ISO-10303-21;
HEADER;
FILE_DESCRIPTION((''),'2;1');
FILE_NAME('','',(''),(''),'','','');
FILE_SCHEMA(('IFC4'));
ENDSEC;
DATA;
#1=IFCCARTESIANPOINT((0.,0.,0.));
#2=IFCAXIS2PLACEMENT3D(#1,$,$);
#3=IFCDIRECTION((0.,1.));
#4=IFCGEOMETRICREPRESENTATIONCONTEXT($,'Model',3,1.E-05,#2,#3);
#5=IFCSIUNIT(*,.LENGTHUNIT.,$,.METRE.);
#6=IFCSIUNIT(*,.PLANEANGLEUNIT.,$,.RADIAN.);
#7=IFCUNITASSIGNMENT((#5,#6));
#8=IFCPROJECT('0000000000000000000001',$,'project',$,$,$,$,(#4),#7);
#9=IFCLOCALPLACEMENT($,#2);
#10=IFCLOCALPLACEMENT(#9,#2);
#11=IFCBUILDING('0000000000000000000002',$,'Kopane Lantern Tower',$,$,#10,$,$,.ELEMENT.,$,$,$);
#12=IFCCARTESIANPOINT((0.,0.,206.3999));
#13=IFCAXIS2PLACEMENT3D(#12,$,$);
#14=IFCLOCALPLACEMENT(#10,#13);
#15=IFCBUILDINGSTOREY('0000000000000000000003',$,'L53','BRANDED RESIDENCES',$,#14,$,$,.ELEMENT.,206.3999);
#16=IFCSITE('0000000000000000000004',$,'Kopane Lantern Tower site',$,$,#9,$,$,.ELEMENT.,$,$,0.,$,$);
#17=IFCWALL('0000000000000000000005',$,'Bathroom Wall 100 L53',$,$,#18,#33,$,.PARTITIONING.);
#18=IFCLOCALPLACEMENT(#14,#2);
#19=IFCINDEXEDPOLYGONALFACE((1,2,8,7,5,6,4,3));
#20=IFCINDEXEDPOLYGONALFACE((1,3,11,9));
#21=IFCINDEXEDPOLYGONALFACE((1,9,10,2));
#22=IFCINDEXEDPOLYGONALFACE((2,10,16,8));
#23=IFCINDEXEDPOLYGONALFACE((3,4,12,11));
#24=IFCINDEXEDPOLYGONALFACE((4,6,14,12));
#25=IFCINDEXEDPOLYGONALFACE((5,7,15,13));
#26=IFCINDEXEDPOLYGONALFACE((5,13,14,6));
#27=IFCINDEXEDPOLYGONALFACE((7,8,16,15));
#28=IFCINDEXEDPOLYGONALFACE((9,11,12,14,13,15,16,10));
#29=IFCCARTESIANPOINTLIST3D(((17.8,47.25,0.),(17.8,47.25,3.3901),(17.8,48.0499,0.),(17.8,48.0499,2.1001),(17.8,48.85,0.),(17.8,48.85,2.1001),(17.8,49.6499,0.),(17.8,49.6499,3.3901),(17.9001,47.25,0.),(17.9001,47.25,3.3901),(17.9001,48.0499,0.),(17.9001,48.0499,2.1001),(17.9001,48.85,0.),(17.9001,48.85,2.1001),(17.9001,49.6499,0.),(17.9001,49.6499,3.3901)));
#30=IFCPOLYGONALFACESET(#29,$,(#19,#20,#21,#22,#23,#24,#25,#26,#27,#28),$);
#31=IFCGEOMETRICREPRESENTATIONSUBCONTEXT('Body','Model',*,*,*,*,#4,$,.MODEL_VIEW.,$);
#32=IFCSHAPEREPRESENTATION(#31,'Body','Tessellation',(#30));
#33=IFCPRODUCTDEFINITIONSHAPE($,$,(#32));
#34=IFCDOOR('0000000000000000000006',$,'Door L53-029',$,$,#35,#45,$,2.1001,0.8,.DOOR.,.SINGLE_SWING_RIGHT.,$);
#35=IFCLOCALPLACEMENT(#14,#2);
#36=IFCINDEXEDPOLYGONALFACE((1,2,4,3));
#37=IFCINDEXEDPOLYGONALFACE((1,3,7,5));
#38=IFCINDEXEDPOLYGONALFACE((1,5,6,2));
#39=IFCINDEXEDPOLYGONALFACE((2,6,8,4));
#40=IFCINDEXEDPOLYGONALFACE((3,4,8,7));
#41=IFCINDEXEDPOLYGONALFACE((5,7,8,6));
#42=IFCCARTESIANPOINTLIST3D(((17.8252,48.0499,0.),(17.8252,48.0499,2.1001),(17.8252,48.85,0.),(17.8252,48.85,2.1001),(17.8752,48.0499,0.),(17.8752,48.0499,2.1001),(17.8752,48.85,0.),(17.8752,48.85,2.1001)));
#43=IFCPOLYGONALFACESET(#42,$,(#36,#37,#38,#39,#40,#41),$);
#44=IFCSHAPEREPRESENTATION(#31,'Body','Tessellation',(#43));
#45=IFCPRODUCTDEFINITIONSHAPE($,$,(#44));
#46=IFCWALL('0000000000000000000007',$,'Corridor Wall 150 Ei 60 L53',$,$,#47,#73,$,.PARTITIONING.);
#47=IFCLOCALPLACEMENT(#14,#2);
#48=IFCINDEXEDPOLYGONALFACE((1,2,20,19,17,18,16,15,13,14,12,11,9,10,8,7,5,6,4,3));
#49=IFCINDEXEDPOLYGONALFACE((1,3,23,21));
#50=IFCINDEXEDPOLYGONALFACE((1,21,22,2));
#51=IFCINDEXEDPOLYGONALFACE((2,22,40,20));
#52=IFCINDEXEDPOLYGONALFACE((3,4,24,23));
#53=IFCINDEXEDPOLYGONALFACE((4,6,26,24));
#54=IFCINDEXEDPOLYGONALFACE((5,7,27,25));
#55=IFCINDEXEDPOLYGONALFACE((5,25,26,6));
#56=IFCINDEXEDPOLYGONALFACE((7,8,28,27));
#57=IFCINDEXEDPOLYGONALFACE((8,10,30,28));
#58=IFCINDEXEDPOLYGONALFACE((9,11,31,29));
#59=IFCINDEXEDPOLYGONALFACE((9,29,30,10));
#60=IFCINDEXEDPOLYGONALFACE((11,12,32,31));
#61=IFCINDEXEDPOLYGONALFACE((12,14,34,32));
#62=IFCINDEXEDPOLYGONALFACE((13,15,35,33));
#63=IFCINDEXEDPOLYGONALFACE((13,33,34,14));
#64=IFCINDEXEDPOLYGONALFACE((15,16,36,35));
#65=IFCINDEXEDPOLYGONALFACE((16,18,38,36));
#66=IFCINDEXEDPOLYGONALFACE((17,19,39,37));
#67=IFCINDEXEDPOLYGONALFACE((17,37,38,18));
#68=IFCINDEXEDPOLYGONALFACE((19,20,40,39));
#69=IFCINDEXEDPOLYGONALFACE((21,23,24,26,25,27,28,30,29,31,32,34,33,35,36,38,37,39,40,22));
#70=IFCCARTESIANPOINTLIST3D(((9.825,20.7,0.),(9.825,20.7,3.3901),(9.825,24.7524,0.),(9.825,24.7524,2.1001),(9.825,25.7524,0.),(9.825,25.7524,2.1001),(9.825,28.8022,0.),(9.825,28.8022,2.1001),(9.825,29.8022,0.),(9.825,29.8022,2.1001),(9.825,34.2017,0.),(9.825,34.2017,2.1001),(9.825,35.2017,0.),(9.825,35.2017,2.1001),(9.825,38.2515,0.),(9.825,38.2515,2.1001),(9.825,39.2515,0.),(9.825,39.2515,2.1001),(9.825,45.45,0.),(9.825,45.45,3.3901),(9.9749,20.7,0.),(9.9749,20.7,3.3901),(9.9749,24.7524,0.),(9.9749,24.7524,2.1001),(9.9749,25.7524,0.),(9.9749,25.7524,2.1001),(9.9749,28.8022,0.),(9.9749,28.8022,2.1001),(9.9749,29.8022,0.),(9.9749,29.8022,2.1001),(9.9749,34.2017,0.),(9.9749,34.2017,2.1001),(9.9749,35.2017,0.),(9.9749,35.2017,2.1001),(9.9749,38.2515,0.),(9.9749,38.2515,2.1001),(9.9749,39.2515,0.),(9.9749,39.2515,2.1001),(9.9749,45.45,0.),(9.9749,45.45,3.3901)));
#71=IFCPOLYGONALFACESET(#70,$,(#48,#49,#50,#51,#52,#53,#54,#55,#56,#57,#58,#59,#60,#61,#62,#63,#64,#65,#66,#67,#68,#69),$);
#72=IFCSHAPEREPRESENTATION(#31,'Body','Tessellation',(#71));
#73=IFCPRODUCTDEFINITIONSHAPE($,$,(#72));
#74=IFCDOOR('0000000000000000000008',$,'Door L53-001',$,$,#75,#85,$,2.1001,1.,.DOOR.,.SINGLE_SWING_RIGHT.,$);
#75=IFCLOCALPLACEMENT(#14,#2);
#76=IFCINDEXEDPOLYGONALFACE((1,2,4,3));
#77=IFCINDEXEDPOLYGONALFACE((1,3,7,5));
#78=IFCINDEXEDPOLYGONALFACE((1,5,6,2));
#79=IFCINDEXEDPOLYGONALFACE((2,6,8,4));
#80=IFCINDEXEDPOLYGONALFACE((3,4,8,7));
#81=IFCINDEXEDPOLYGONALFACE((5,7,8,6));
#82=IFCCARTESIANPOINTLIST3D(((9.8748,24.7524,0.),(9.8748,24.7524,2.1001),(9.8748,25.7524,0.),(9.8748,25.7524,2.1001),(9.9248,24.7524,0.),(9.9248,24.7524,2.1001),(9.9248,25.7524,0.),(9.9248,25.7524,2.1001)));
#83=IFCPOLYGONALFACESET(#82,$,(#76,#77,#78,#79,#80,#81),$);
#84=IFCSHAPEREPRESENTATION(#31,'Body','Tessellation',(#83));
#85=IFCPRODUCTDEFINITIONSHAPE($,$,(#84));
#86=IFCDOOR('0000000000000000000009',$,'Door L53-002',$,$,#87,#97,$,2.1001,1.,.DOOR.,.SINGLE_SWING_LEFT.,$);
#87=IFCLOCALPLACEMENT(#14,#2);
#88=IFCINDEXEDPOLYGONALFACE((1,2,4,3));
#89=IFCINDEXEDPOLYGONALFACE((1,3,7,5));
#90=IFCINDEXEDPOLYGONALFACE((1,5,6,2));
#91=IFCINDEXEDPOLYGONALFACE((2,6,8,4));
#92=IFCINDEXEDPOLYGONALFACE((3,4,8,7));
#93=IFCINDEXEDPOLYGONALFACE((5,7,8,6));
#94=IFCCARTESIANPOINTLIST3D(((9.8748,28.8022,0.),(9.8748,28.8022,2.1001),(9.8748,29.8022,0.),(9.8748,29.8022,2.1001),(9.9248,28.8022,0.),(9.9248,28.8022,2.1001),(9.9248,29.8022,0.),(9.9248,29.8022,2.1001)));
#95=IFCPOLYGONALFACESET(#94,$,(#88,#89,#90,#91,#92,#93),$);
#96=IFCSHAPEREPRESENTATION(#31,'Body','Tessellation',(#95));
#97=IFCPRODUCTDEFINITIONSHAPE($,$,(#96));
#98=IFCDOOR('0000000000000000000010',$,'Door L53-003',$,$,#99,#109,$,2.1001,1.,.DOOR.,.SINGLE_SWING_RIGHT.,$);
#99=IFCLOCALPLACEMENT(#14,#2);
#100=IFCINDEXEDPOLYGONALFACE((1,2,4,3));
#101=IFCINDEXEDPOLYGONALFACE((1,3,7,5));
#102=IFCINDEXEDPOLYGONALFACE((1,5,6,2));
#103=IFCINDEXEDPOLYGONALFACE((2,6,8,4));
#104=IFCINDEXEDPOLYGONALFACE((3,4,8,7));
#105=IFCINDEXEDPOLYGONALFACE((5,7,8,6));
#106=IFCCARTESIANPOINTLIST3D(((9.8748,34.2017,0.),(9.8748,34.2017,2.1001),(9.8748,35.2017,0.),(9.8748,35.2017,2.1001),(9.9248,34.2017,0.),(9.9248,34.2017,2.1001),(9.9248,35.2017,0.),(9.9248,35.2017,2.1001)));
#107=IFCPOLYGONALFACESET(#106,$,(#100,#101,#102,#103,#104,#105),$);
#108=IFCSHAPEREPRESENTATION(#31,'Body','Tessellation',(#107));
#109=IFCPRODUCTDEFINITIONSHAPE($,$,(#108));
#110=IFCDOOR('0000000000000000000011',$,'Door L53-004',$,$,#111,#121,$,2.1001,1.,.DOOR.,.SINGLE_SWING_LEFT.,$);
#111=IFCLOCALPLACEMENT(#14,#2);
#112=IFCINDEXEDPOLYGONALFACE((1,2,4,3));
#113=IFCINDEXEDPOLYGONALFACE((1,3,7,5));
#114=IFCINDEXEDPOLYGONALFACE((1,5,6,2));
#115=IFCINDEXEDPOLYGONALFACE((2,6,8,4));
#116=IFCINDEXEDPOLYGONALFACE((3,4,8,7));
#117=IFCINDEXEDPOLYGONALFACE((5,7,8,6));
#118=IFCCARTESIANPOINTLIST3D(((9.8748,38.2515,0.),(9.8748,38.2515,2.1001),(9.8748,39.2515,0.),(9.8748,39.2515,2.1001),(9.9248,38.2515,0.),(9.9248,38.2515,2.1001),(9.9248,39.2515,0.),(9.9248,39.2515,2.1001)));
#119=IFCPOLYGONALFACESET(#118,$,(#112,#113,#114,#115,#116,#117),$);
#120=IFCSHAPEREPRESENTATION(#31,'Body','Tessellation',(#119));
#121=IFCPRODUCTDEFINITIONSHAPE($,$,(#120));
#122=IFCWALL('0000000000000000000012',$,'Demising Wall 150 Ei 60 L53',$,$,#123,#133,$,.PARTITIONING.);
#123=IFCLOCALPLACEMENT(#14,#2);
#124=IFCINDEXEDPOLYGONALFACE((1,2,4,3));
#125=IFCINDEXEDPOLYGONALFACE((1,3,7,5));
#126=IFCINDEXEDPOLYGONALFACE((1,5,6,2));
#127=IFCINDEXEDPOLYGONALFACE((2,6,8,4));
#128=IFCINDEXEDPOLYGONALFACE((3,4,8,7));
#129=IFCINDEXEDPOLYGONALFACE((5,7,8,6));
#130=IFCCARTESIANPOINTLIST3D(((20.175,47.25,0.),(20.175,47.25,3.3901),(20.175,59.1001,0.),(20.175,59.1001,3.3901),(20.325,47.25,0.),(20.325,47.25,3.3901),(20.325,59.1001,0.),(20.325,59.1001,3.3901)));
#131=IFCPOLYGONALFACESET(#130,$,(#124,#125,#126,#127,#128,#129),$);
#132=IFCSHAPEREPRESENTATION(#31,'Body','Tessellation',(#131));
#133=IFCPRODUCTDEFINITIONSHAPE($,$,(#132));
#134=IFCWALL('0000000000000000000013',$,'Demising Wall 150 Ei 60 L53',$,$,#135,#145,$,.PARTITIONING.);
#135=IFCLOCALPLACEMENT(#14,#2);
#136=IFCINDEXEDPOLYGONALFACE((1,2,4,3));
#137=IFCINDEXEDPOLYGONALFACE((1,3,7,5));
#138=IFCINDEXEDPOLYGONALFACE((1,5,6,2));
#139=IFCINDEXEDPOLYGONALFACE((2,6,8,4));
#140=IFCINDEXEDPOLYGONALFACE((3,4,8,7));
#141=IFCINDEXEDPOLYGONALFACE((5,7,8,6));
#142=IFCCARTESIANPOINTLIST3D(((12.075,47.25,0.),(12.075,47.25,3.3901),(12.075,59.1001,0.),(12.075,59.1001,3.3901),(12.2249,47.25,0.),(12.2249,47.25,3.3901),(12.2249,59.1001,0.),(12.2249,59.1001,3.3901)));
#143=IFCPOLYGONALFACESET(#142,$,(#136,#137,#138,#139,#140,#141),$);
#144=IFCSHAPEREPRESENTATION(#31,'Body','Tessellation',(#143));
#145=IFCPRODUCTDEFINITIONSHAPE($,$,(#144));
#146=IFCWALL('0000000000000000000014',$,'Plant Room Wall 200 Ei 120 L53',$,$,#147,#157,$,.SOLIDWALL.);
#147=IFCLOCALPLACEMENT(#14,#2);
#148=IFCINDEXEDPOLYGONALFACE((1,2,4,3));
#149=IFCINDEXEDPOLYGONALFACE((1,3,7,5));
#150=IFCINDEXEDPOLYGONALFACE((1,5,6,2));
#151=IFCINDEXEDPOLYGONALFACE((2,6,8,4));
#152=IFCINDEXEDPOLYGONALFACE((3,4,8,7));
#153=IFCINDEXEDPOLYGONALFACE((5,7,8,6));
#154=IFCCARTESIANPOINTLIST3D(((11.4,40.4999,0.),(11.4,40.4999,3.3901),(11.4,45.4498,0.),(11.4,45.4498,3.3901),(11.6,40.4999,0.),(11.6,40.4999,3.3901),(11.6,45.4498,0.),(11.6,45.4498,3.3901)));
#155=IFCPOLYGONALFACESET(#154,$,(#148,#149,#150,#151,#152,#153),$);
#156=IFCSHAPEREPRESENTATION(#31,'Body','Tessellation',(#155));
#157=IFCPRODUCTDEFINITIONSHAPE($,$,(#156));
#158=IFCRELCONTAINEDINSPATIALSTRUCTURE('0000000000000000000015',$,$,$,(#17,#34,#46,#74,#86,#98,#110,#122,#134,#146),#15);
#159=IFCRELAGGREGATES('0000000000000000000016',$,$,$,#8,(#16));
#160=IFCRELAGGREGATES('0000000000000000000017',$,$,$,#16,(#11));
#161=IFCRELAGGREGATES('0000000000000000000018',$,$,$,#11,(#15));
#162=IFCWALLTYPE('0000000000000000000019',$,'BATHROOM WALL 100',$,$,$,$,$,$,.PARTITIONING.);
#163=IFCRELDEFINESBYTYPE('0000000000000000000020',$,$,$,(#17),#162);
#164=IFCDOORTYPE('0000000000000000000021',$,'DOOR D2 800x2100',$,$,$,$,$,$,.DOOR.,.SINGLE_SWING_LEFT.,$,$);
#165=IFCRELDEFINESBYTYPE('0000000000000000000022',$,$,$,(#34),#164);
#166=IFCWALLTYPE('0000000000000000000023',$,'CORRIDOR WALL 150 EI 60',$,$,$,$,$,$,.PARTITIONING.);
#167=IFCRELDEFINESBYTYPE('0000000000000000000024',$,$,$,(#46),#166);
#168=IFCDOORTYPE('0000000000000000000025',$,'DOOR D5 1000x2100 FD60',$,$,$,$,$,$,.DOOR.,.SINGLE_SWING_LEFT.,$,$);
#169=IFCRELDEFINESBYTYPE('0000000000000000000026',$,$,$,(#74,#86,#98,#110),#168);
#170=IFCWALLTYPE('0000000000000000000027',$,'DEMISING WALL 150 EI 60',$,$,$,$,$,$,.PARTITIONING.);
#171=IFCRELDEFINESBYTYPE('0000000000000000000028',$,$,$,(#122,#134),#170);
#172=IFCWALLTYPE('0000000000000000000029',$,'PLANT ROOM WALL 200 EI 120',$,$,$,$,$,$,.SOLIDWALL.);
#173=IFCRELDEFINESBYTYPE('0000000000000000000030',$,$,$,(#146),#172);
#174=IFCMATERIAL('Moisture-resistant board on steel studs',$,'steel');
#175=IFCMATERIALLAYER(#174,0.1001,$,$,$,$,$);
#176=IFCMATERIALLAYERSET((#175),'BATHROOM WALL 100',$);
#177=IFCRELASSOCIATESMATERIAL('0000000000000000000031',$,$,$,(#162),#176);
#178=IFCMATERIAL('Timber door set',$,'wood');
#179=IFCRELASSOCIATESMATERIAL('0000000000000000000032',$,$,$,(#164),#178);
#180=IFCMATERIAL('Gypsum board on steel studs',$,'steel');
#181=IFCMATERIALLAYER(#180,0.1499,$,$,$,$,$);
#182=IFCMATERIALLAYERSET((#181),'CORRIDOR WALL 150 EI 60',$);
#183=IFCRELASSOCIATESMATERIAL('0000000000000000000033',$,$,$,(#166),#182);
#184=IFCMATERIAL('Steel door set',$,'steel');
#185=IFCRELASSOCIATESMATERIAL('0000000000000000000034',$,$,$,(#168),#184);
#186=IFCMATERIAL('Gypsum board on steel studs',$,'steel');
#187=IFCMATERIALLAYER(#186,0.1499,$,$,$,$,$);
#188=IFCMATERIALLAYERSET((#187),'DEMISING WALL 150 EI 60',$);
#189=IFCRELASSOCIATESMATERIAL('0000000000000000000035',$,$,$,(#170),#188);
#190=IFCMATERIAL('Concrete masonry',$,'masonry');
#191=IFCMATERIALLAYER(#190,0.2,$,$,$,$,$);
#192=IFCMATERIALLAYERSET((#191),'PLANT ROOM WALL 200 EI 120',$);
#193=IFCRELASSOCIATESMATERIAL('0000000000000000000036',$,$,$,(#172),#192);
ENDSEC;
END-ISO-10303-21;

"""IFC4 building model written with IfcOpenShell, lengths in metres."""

from ifc_helpers import new_model, si_unit, direction, frame, frame_2d, origin, place, context, subcontext, project, spatial, rectangle, extrude, material, layer, layer_set, type_object, element, fill, save


model = new_model("IFC4")

# Units and contexts
model_context = context("Model", 3, precision=1e-05, world=origin(), true_north=direction((0.0, 1.0)))
body_context = subcontext(model_context, "Body", "Model", "MODEL_VIEW")
ifc_project = project(units=[si_unit("LENGTHUNIT", "METRE"), si_unit("PLANEANGLEUNIT", "RADIAN")], contexts=[model_context])

# Site, building, storey
site_placement = place(None, origin())
site = spatial("IfcSite", under=ifc_project, at=site_placement, Name="Kopane Lantern Tower site", CompositionType="ELEMENT", RefElevation=0.0)
building_placement = place(site_placement, origin())
building = spatial("IfcBuilding", under=site, at=building_placement, Name="Kopane Lantern Tower", CompositionType="ELEMENT")
storey_placement = place(building_placement, frame((0.0, 0.0, 206.3999)))
storey = spatial("IfcBuildingStorey", under=building, at=storey_placement, Name="L53", Description="BRANDED RESIDENCES", CompositionType="ELEMENT", Elevation=206.3999)

# Wall, opening, door
ifc_material_1 = material(Name="Moisture-resistant board on steel studs", Category="steel")
ifc_layer_1 = layer(ifc_material_1, 0.1001)
ifc_layer_set_1 = layer_set([ifc_layer_1], Name="BATHROOM WALL 100")
wall_type_1 = type_object("IfcWallType", Name="BATHROOM WALL 100", PredefinedType="PARTITIONING", material=ifc_layer_set_1)
wall_1_placement = place(storey_placement, frame((17.8501, 47.25, 0.0), z_axis=(0.0, 0.0, 1.0), x_axis=(0.0, 1.0, 0.0)))
wall_1 = element("IfcWall", 1, at=wall_1_placement, inside=storey, type_object=wall_type_1, Name="Bathroom Wall 100 L53", PredefinedType="PARTITIONING", context=body_context, shape_type="SweptSolid", body=[
    extrude(rectangle(XDim=2.3999, YDim=0.1001, at=frame_2d((1.2, 0.0))), origin(), (0.0, 0.0, 1.0), 3.3901),
])
opening_1_placement = place(wall_1_placement, frame((0.8, 0.0, 0.0)))
opening_1 = element("IfcOpeningElement", 2, at=opening_1_placement, cuts=wall_1, PredefinedType="OPENING", context=body_context, shape_type="SweptSolid", body=[
    extrude(rectangle(XDim=0.8, YDim=2.1001, at=frame_2d((0.3999, 1.05))), frame((0.0, 0.0601, 0.0), z_axis=(0.0, -1.0, 0.0), x_axis=(1.0, 0.0, 0.0)), (0.0, 0.0, 1.0), 0.1201),
])
ifc_material_2 = material(Name="Timber door set", Category="wood")
door_type_1 = type_object("IfcDoorType", Name="DOOR D2 800x2100", OperationType="SINGLE_SWING_LEFT", PredefinedType="DOOR", material=ifc_material_2)
door_1_placement = place(opening_1_placement, origin())
door_1 = element("IfcDoor", 3, at=door_1_placement, inside=storey, type_object=door_type_1, Name="Door L53-029", OperationType="SINGLE_SWING_RIGHT", OverallHeight=2.1001, OverallWidth=0.8, PredefinedType="DOOR", context=body_context, shape_type="SweptSolid", body=[
    extrude(rectangle(XDim=0.8, YDim=2.1001, at=frame_2d((0.3999, 1.05))), frame((0.0, 0.0249, 0.0), z_axis=(0.0, -1.0, 0.0), x_axis=(1.0, 0.0, 0.0)), (0.0, 0.0, 1.0), 0.05),
])
fill(opening_1, door_1)

# Wall, openings, doors
ifc_material_3 = material(Name="Gypsum board on steel studs", Category="steel")
ifc_layer_2 = layer(ifc_material_3, 0.1499)
ifc_layer_set_2 = layer_set([ifc_layer_2], Name="CORRIDOR WALL 150 EI 60")
wall_type_2 = type_object("IfcWallType", Name="CORRIDOR WALL 150 EI 60", PredefinedType="PARTITIONING", material=ifc_layer_set_2)
wall_2_placement = place(storey_placement, frame((9.8999, 45.45, 0.0), z_axis=(0.0, 0.0, 1.0), x_axis=(0.0, -1.0, 0.0)))
wall_2 = element("IfcWall", 4, at=wall_2_placement, inside=storey, type_object=wall_type_2, Name="Corridor Wall 150 Ei 60 L53", PredefinedType="PARTITIONING", context=body_context, shape_type="SweptSolid", body=[
    extrude(rectangle(XDim=24.75, YDim=0.1499, at=frame_2d((12.375, 0.0))), origin(), (0.0, 0.0, 1.0), 3.3901),
])
opening_2_placement = place(wall_2_placement, frame((19.6975, 0.0, 0.0)))
opening_2 = element("IfcOpeningElement", 5, at=opening_2_placement, cuts=wall_2, PredefinedType="OPENING", context=body_context, shape_type="SweptSolid", body=[
    extrude(rectangle(XDim=1.0, YDim=2.1001, at=frame_2d((0.5, 1.05))), frame((0.0, 0.085, 0.0), z_axis=(0.0, -1.0, 0.0), x_axis=(1.0, 0.0, 0.0)), (0.0, 0.0, 1.0), 0.1699),
])
opening_3_placement = place(wall_2_placement, frame((15.6477, 0.0, 0.0)))
opening_3 = element("IfcOpeningElement", 6, at=opening_3_placement, cuts=wall_2, PredefinedType="OPENING", context=body_context, shape_type="SweptSolid", body=[
    extrude(rectangle(XDim=1.0, YDim=2.1001, at=frame_2d((0.5, 1.05))), frame((0.0, 0.085, 0.0), z_axis=(0.0, -1.0, 0.0), x_axis=(1.0, 0.0, 0.0)), (0.0, 0.0, 1.0), 0.1699),
])
opening_4_placement = place(wall_2_placement, frame((10.2483, 0.0, 0.0)))
opening_4 = element("IfcOpeningElement", 7, at=opening_4_placement, cuts=wall_2, PredefinedType="OPENING", context=body_context, shape_type="SweptSolid", body=[
    extrude(rectangle(XDim=1.0, YDim=2.1001, at=frame_2d((0.5, 1.05))), frame((0.0, 0.085, 0.0), z_axis=(0.0, -1.0, 0.0), x_axis=(1.0, 0.0, 0.0)), (0.0, 0.0, 1.0), 0.1699),
])
opening_5_placement = place(wall_2_placement, frame((6.1985, 0.0, 0.0)))
opening_5 = element("IfcOpeningElement", 8, at=opening_5_placement, cuts=wall_2, PredefinedType="OPENING", context=body_context, shape_type="SweptSolid", body=[
    extrude(rectangle(XDim=1.0, YDim=2.1001, at=frame_2d((0.5, 1.05))), frame((0.0, 0.085, 0.0), z_axis=(0.0, -1.0, 0.0), x_axis=(1.0, 0.0, 0.0)), (0.0, 0.0, 1.0), 0.1699),
])
ifc_material_4 = material(Name="Steel door set", Category="steel")
door_type_2 = type_object("IfcDoorType", Name="DOOR D5 1000x2100 FD60", OperationType="SINGLE_SWING_LEFT", PredefinedType="DOOR", material=ifc_material_4)
door_2_placement = place(opening_2_placement, origin())
door_2 = element("IfcDoor", 9, at=door_2_placement, inside=storey, type_object=door_type_2, Name="Door L53-001", OperationType="SINGLE_SWING_RIGHT", OverallHeight=2.1001, OverallWidth=1.0, PredefinedType="DOOR", context=body_context, shape_type="SweptSolid", body=[
    extrude(rectangle(XDim=1.0, YDim=2.1001, at=frame_2d((0.5, 1.05))), frame((0.0, 0.0249, 0.0), z_axis=(0.0, -1.0, 0.0), x_axis=(1.0, 0.0, 0.0)), (0.0, 0.0, 1.0), 0.05),
])
fill(opening_2, door_2)
door_3_placement = place(opening_3_placement, origin())
door_3 = element("IfcDoor", 10, at=door_3_placement, inside=storey, type_object=door_type_2, Name="Door L53-002", OperationType="SINGLE_SWING_LEFT", OverallHeight=2.1001, OverallWidth=1.0, PredefinedType="DOOR", context=body_context, shape_type="SweptSolid", body=[
    extrude(rectangle(XDim=1.0, YDim=2.1001, at=frame_2d((0.5, 1.05))), frame((0.0, 0.0249, 0.0), z_axis=(0.0, -1.0, 0.0), x_axis=(1.0, 0.0, 0.0)), (0.0, 0.0, 1.0), 0.05),
])
fill(opening_3, door_3)
door_4_placement = place(opening_4_placement, origin())
door_4 = element("IfcDoor", 11, at=door_4_placement, inside=storey, type_object=door_type_2, Name="Door L53-003", OperationType="SINGLE_SWING_RIGHT", OverallHeight=2.1001, OverallWidth=1.0, PredefinedType="DOOR", context=body_context, shape_type="SweptSolid", body=[
    extrude(rectangle(XDim=1.0, YDim=2.1001, at=frame_2d((0.5, 1.05))), frame((0.0, 0.0249, 0.0), z_axis=(0.0, -1.0, 0.0), x_axis=(1.0, 0.0, 0.0)), (0.0, 0.0, 1.0), 0.05),
])
fill(opening_4, door_4)
door_5_placement = place(opening_5_placement, origin())
door_5 = element("IfcDoor", 12, at=door_5_placement, inside=storey, type_object=door_type_2, Name="Door L53-004", OperationType="SINGLE_SWING_LEFT", OverallHeight=2.1001, OverallWidth=1.0, PredefinedType="DOOR", context=body_context, shape_type="SweptSolid", body=[
    extrude(rectangle(XDim=1.0, YDim=2.1001, at=frame_2d((0.5, 1.05))), frame((0.0, 0.0249, 0.0), z_axis=(0.0, -1.0, 0.0), x_axis=(1.0, 0.0, 0.0)), (0.0, 0.0, 1.0), 0.05),
])
fill(opening_5, door_5)

# Walls
ifc_material_5 = material(Name="Gypsum board on steel studs", Category="steel")
ifc_layer_3 = layer(ifc_material_5, 0.1499)
ifc_layer_set_3 = layer_set([ifc_layer_3], Name="DEMISING WALL 150 EI 60")
wall_type_3 = type_object("IfcWallType", Name="DEMISING WALL 150 EI 60", PredefinedType="PARTITIONING", material=ifc_layer_set_3)
for number, where, z_axis, x_axis, name in (
    (13, (20.25, 47.25, 0.0), (0.0, 0.0, 1.0), (0.0, 1.0, 0.0), "Demising Wall 150 Ei 60 L53"),
    (14, (12.1499, 47.25, 0.0), (0.0, 0.0, 1.0), (0.0, 1.0, 0.0), "Demising Wall 150 Ei 60 L53"),
):
    element("IfcWall", number, at=place(storey_placement, frame(where, z_axis=z_axis, x_axis=x_axis)), inside=storey, type_object=wall_type_3, Name=name, PredefinedType="PARTITIONING", context=body_context, shape_type="SweptSolid", body=[
        extrude(rectangle(XDim=11.8501, YDim=0.1499, at=frame_2d((5.925, 0.0))), origin(), (0.0, 0.0, 1.0), 3.3901),
    ])
ifc_material_6 = material(Name="Concrete masonry", Category="masonry")
ifc_layer_4 = layer(ifc_material_6, 0.2)
ifc_layer_set_4 = layer_set([ifc_layer_4], Name="PLANT ROOM WALL 200 EI 120")
wall_type_4 = type_object("IfcWallType", Name="PLANT ROOM WALL 200 EI 120", PredefinedType="SOLIDWALL", material=ifc_layer_set_4)
wall_3_placement = place(storey_placement, frame((11.5, 45.45, 0.0), z_axis=(0.0, 0.0, 1.0), x_axis=(0.0, -1.0, 0.0)))
element("IfcWall", 15, at=wall_3_placement, inside=storey, type_object=wall_type_4, Name="Plant Room Wall 200 Ei 120 L53", PredefinedType="SOLIDWALL", context=body_context, shape_type="SweptSolid", body=[
    extrude(rectangle(XDim=4.95, YDim=0.2, at=frame_2d((2.4751, 0.0))), origin(), (0.0, 0.0, 1.0), 3.3901),
])

save(model, "model.ifc")
